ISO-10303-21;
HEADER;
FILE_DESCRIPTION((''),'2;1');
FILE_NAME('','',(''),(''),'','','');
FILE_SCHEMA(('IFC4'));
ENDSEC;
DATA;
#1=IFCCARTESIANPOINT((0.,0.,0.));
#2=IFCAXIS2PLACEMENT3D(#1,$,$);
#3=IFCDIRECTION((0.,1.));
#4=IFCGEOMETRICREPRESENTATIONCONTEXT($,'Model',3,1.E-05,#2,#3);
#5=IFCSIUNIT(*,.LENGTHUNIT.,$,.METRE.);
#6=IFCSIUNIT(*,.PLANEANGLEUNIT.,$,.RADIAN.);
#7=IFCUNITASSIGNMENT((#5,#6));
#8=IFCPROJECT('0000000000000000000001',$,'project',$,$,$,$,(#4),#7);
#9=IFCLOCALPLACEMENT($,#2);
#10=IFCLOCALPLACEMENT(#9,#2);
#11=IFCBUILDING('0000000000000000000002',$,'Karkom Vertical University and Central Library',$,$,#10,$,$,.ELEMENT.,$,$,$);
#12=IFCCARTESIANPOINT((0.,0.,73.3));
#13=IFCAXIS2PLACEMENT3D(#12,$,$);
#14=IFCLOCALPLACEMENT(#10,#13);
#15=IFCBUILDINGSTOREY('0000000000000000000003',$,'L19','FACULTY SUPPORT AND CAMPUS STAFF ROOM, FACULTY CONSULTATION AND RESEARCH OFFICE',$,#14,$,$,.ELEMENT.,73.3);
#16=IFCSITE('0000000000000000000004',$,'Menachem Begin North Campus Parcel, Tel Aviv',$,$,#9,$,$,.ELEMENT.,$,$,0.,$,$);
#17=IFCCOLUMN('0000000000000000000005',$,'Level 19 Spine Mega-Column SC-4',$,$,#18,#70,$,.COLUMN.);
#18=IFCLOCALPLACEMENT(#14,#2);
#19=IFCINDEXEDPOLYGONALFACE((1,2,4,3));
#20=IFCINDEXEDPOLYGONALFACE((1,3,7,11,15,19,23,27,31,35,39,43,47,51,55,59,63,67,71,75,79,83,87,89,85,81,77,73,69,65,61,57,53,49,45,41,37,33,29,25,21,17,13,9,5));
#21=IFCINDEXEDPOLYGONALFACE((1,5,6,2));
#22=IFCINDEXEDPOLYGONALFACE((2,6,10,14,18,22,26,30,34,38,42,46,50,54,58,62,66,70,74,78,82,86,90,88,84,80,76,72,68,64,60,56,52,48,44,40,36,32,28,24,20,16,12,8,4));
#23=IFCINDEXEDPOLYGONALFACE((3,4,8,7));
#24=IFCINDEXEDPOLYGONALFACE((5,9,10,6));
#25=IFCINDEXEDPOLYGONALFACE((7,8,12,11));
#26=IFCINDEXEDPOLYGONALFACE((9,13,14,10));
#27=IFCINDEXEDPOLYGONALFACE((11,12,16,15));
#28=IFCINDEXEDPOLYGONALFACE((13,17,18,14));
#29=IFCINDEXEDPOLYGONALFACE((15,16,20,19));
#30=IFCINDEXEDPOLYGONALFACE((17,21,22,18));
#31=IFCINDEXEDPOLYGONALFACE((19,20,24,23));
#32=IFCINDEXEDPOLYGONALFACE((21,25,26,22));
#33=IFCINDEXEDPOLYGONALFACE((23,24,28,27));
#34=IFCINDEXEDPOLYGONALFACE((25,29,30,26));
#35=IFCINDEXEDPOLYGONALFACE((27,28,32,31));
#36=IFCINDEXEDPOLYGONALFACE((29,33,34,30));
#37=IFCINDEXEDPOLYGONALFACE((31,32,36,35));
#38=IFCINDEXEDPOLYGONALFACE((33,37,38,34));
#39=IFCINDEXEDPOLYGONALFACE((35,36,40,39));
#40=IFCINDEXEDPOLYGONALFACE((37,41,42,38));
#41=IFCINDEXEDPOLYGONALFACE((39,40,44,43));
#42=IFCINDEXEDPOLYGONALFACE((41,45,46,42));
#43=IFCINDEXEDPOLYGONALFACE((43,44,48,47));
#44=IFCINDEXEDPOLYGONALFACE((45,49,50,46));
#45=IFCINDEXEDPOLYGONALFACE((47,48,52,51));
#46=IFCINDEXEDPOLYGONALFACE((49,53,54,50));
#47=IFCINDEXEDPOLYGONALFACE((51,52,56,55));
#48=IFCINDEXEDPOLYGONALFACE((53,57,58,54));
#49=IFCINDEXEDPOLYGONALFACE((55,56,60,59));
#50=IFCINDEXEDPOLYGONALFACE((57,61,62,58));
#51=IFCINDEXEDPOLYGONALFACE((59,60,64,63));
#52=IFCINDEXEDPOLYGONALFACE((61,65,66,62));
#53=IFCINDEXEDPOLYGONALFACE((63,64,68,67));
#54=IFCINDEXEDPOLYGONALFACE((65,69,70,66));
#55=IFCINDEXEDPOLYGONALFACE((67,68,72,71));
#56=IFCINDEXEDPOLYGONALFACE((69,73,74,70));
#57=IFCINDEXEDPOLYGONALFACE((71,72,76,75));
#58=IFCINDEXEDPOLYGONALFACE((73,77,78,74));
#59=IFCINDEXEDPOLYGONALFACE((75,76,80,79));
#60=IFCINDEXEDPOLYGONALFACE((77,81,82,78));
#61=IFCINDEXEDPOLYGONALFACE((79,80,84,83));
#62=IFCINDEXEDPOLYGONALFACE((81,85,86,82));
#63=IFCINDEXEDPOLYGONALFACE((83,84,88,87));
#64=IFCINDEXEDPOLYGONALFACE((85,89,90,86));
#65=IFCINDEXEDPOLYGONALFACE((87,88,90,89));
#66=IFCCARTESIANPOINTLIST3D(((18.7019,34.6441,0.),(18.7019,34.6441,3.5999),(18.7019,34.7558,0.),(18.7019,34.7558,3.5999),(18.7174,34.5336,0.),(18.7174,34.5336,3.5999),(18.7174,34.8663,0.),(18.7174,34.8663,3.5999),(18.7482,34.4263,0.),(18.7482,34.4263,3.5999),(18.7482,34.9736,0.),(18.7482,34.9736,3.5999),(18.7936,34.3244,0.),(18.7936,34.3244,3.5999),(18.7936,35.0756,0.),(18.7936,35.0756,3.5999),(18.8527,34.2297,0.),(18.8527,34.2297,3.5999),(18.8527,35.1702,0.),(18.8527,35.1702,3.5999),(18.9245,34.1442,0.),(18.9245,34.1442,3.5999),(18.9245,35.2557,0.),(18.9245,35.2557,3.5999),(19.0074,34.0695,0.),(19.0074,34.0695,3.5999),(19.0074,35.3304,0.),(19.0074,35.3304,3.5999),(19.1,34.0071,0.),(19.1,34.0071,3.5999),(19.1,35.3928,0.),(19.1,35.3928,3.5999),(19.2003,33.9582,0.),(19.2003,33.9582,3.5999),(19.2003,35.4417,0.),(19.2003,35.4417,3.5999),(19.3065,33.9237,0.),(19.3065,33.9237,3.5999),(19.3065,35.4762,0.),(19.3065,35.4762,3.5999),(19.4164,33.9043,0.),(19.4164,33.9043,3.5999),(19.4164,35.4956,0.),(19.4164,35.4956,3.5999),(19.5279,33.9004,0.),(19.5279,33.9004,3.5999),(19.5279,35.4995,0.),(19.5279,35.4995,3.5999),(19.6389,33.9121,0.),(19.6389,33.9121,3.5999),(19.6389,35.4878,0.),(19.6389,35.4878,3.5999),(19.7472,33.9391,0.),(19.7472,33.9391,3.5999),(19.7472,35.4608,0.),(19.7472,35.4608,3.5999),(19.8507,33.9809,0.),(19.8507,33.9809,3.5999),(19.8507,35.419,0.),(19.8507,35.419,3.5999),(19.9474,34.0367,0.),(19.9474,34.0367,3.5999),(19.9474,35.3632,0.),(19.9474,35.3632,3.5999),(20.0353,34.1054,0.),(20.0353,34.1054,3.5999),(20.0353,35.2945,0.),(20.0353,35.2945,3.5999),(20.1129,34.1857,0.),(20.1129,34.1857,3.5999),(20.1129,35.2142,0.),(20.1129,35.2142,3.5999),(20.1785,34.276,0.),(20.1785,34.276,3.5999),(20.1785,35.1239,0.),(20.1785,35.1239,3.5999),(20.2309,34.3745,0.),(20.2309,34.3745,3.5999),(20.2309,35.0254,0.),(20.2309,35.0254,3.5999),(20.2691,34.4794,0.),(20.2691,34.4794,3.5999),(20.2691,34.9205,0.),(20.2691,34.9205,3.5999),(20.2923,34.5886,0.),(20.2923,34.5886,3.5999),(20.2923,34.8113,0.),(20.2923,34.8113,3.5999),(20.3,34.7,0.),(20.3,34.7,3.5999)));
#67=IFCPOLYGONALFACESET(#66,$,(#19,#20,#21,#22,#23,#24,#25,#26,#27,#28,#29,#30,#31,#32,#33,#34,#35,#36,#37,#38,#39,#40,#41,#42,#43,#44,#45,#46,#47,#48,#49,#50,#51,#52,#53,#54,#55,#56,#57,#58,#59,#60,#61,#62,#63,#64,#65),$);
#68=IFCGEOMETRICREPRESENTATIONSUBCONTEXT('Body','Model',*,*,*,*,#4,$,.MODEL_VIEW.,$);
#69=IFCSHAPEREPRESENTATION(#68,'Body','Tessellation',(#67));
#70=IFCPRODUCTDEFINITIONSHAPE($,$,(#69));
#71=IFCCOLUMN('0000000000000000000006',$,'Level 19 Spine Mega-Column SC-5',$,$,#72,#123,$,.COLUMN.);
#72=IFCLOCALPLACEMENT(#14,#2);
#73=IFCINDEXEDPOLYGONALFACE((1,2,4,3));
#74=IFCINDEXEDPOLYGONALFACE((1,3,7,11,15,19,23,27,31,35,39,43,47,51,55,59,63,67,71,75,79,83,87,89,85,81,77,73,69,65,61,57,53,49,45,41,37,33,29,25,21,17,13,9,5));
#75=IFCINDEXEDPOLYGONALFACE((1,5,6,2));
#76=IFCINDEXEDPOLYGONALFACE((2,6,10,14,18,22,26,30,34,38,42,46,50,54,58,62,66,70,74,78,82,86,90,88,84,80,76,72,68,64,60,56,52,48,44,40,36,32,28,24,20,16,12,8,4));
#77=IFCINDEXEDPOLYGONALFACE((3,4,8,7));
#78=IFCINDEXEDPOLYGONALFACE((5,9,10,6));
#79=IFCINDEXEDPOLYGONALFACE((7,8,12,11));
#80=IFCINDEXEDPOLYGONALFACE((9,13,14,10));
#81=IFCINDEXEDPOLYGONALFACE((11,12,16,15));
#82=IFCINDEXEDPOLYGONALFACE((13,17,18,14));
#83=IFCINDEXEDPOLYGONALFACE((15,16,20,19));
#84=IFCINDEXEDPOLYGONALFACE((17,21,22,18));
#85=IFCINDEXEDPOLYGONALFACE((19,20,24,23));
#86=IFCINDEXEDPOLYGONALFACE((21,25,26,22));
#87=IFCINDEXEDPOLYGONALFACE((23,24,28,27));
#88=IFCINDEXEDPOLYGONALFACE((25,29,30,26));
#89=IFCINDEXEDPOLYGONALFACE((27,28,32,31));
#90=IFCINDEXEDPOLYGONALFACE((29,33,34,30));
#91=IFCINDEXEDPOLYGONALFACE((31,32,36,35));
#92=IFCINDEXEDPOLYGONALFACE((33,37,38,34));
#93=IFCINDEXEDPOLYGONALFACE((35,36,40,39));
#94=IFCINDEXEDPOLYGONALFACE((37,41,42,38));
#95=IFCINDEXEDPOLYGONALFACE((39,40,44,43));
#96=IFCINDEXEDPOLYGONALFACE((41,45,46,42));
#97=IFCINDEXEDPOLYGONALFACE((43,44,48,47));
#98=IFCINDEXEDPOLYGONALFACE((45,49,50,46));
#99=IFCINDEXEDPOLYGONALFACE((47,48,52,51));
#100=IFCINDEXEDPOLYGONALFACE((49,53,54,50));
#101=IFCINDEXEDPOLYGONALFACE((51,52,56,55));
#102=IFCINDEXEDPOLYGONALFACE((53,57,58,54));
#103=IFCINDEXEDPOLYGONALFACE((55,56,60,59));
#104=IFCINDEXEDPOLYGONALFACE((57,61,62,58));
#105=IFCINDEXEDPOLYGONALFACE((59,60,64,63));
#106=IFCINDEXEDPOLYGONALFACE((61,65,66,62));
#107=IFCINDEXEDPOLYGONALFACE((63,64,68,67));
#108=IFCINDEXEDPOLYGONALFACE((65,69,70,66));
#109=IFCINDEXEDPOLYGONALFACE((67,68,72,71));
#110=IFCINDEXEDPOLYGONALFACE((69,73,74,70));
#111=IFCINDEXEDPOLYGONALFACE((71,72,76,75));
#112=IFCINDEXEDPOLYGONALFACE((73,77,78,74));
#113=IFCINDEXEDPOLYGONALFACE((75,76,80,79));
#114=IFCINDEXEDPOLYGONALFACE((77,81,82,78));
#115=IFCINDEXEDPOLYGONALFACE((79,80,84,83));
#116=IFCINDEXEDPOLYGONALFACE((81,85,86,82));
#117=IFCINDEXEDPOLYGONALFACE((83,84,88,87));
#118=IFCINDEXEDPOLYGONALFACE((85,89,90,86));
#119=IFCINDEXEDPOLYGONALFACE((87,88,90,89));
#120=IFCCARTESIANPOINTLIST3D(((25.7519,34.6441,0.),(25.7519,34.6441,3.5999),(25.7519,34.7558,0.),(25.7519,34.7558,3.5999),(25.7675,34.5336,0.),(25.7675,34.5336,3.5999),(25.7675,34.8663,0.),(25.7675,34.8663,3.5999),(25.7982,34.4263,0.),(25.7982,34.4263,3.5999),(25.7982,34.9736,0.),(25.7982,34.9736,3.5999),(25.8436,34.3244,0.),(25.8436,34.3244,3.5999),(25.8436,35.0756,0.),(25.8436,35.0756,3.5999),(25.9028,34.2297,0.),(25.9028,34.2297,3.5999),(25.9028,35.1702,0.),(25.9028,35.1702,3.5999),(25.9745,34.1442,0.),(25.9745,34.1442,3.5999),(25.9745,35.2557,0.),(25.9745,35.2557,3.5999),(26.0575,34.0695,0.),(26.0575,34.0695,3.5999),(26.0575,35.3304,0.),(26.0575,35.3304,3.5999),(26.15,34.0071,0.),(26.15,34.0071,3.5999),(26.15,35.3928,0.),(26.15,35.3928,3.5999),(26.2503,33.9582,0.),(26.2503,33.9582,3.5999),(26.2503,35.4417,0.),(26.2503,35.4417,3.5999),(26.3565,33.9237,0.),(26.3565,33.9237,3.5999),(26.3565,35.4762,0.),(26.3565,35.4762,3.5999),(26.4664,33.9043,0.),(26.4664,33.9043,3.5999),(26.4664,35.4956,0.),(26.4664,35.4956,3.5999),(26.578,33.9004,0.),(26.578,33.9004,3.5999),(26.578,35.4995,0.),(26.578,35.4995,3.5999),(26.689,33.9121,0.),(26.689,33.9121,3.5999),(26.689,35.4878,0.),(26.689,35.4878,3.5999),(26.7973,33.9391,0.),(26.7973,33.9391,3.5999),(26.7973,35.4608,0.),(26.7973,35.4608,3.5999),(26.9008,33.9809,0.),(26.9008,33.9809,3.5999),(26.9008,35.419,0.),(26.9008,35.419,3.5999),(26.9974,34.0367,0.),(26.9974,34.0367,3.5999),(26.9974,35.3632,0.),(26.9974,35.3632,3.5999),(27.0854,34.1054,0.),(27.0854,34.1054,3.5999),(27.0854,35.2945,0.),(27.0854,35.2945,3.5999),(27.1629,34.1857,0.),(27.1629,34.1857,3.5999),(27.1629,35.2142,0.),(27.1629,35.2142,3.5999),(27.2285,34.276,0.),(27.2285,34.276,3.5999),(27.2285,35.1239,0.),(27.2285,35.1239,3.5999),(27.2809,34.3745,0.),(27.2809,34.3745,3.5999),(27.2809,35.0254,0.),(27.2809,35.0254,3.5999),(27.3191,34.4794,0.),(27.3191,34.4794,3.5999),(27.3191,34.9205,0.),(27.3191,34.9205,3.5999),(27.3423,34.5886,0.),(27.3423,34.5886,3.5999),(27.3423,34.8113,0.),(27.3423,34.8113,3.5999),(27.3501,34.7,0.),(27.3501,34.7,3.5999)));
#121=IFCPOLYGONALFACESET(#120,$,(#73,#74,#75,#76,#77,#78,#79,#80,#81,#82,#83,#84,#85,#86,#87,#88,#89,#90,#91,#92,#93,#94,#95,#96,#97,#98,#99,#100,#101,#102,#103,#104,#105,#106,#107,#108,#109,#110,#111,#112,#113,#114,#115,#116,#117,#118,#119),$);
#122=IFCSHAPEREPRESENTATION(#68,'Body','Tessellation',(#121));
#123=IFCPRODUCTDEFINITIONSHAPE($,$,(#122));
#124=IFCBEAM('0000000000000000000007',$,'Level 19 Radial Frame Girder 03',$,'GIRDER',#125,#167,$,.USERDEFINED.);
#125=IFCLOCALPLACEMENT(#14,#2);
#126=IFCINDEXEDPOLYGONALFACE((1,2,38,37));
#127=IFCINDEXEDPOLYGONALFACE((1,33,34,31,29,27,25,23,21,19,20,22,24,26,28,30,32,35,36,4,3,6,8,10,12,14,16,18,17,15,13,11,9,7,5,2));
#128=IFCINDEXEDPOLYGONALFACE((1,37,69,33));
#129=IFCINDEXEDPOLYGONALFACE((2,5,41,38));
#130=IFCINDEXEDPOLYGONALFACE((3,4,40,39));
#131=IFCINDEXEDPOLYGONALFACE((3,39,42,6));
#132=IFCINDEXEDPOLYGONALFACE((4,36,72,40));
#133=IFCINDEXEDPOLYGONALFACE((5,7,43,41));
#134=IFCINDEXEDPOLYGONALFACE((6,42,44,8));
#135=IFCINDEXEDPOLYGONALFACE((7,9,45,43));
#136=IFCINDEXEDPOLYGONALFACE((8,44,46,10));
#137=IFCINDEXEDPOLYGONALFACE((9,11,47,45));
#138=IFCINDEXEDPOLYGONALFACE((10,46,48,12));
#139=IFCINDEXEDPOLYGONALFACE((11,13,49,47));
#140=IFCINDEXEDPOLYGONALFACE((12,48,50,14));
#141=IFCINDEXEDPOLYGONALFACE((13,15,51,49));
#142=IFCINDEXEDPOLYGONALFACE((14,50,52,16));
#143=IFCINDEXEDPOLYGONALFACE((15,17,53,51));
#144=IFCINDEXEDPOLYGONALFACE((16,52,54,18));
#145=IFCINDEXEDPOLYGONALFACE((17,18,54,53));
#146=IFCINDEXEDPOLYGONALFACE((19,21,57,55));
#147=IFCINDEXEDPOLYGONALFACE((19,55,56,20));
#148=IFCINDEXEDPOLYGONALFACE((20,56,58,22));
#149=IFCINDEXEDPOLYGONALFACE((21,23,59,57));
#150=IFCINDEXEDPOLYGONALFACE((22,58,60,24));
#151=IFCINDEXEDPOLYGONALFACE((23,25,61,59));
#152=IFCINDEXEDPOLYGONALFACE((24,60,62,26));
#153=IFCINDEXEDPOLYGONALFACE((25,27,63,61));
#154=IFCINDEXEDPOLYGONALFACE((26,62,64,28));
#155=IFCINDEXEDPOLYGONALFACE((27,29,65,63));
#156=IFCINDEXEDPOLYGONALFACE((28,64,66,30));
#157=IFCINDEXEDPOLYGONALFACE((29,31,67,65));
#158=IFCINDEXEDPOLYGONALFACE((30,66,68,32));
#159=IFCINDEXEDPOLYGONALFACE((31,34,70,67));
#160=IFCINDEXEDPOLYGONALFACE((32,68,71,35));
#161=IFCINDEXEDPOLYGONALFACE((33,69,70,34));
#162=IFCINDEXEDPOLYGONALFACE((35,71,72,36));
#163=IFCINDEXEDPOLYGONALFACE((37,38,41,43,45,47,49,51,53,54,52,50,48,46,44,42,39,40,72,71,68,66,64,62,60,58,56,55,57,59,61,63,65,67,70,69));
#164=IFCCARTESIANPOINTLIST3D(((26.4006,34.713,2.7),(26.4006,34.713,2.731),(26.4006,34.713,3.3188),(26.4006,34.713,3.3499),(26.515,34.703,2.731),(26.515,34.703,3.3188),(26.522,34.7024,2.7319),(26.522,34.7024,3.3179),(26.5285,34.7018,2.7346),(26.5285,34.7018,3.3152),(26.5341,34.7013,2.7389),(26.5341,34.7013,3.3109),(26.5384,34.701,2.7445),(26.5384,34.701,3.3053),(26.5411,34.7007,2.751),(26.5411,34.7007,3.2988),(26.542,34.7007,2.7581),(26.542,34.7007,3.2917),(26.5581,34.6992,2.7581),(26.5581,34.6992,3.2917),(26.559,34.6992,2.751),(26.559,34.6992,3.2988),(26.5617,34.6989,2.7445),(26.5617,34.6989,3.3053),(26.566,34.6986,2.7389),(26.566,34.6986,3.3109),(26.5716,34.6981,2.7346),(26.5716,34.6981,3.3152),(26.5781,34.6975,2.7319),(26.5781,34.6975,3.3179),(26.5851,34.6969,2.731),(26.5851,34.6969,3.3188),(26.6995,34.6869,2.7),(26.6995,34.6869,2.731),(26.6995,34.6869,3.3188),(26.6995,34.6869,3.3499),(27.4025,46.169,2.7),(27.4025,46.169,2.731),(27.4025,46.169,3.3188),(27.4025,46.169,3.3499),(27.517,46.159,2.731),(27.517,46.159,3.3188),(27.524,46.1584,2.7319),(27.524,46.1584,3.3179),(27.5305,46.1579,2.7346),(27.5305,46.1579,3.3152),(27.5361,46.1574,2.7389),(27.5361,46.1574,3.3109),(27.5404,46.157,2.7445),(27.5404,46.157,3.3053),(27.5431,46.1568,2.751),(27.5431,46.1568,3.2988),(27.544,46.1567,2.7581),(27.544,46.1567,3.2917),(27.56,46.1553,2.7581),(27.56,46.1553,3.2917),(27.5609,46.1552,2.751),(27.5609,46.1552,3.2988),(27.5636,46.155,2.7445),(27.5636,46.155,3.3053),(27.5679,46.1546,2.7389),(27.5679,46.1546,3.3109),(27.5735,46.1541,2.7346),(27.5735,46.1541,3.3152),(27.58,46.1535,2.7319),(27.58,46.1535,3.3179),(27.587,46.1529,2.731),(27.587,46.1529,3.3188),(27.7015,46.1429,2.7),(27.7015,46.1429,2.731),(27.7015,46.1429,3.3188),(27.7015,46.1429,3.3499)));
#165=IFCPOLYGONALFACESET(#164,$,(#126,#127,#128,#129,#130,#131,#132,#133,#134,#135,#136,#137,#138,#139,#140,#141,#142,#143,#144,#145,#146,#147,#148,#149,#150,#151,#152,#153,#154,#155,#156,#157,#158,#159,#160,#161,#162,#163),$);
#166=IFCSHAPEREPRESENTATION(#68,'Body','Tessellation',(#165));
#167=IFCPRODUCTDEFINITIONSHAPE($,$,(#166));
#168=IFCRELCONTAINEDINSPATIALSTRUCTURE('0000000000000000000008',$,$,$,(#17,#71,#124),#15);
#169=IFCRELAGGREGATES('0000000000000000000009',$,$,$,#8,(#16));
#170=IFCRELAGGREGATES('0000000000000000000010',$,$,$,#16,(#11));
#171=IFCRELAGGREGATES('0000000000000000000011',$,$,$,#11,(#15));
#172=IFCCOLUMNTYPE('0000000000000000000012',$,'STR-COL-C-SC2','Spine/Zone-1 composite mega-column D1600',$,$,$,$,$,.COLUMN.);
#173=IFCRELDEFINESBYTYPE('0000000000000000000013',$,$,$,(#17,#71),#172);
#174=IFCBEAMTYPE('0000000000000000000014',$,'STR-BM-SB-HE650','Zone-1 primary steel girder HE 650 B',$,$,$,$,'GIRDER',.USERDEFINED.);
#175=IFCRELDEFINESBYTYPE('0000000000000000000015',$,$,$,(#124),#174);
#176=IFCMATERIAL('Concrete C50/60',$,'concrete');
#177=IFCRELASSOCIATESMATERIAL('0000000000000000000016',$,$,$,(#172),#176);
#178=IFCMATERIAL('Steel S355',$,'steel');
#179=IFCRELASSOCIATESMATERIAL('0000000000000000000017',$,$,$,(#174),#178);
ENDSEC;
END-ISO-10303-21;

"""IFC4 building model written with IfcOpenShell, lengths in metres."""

from ifc_helpers import new_model, si_unit, direction, frame, origin, origin_with_axes, origin_2d, place, context, subcontext, project, spatial, circle, i_section, extrude, source, transform, mapped, material, material_profile, profile_set, type_object, element, save


model = new_model("IFC4")

# Units and contexts
model_context = context("Model", 3, precision=1e-05, world=origin(), true_north=direction((0.0, 1.0)))
body_context = subcontext(model_context, "Body", "Model", "MODEL_VIEW")
ifc_project = project(units=[si_unit("LENGTHUNIT", "METRE"), si_unit("PLANEANGLEUNIT", "RADIAN")], contexts=[model_context])

# Site, building, storey
site_placement = place(None, origin())
site = spatial("IfcSite", under=ifc_project, at=site_placement, Name="Menachem Begin North Campus Parcel, Tel Aviv", CompositionType="ELEMENT", RefElevation=0.0)
building_placement = place(site_placement, origin())
building = spatial("IfcBuilding", under=site, at=building_placement, Name="Karkom Vertical University and Central Library", CompositionType="ELEMENT")
storey_placement = place(building_placement, frame((0.0, 0.0, 73.3)))
storey = spatial("IfcBuildingStorey", under=building, at=storey_placement, Name="L19", Description="FACULTY SUPPORT AND CAMPUS STAFF ROOM, FACULTY CONSULTATION AND RESEARCH OFFICE", CompositionType="ELEMENT", Elevation=73.3)

# Columns
ifc_material_1 = material(Name="Concrete C50/60", Category="concrete")
ifc_material_profile_1 = material_profile(ifc_material_1, circle(Radius=0.8, at=origin_2d()), Name="CFT-D1600")
ifc_profile_set_1 = profile_set([ifc_material_profile_1], Name="Concrete C50/60")
column_type = type_object("IfcColumnType", Name="STR-COL-C-SC2", Description="Spine/Zone-1 composite mega-column D1600", PredefinedType="COLUMN", material=ifc_profile_set_1)
shared_shape_1 = source(origin_with_axes(), body_context, "Body", "SweptSolid", [
    extrude(circle(Radius=0.8, at=origin_2d()), origin(), (0.0, 0.0, 1.0), 3.5999),
])
for number, where, z_axis, x_axis, name in (
    (1, (19.5, 34.7, 0.0), (0.0, 0.0, 1.0), (1.0, 0.0, 0.0), "Level 19 Spine Mega-Column SC-4"),
    (2, (26.55, 34.7, 0.0), (0.0, 0.0, 1.0), (1.0, 0.0, 0.0), "Level 19 Spine Mega-Column SC-5"),
):
    element("IfcColumn", number, at=place(storey_placement, frame(where, z_axis=z_axis, x_axis=x_axis)), inside=storey, type_object=column_type, Name=name, PredefinedType="COLUMN", context=body_context, shape_type="MappedRepresentation", body=[
        mapped(shared_shape_1, transform((0.0, 0.0, 0.0), scale=1.0)),
    ])

# Beam
ifc_material_2 = material(Name="Steel S355", Category="steel")
ifc_material_profile_2 = material_profile(ifc_material_2, i_section(OverallWidth=0.3, OverallDepth=0.6499, WebThickness=0.0161, FlangeThickness=0.031, FilletRadius=0.0271, at=origin_2d()), Name="HE 650 B")
ifc_profile_set_2 = profile_set([ifc_material_profile_2], Name="Steel S355")
beam_type_1 = type_object("IfcBeamType", Name="STR-BM-SB-HE650", Description="Zone-1 primary steel girder HE 650 B", ElementType="GIRDER", PredefinedType="USERDEFINED", material=ifc_profile_set_2)
shared_shape_2 = source(origin_with_axes(), body_context, "Body", "SweptSolid", [
    extrude(i_section(OverallWidth=0.3, OverallDepth=0.6499, WebThickness=0.0161, FlangeThickness=0.031, FilletRadius=0.0271, at=origin_2d()), origin(), (0.0, 0.0, 1.0), 11.4998),
])
beam_1_placement = place(storey_placement, frame((26.55, 34.7, 3.0249), z_axis=(0.087128, 0.996197, 0.0), x_axis=(-0.996197, 0.087128, 0.0)))
element("IfcBeam", 3, at=beam_1_placement, inside=storey, type_object=beam_type_1, Name="Level 19 Radial Frame Girder 03", ObjectType="GIRDER", PredefinedType="USERDEFINED", context=body_context, shape_type="MappedRepresentation", body=[
    mapped(shared_shape_2, transform((0.0, 0.0, 0.0), scale=1.0)),
])

save(model, "model.ifc")
